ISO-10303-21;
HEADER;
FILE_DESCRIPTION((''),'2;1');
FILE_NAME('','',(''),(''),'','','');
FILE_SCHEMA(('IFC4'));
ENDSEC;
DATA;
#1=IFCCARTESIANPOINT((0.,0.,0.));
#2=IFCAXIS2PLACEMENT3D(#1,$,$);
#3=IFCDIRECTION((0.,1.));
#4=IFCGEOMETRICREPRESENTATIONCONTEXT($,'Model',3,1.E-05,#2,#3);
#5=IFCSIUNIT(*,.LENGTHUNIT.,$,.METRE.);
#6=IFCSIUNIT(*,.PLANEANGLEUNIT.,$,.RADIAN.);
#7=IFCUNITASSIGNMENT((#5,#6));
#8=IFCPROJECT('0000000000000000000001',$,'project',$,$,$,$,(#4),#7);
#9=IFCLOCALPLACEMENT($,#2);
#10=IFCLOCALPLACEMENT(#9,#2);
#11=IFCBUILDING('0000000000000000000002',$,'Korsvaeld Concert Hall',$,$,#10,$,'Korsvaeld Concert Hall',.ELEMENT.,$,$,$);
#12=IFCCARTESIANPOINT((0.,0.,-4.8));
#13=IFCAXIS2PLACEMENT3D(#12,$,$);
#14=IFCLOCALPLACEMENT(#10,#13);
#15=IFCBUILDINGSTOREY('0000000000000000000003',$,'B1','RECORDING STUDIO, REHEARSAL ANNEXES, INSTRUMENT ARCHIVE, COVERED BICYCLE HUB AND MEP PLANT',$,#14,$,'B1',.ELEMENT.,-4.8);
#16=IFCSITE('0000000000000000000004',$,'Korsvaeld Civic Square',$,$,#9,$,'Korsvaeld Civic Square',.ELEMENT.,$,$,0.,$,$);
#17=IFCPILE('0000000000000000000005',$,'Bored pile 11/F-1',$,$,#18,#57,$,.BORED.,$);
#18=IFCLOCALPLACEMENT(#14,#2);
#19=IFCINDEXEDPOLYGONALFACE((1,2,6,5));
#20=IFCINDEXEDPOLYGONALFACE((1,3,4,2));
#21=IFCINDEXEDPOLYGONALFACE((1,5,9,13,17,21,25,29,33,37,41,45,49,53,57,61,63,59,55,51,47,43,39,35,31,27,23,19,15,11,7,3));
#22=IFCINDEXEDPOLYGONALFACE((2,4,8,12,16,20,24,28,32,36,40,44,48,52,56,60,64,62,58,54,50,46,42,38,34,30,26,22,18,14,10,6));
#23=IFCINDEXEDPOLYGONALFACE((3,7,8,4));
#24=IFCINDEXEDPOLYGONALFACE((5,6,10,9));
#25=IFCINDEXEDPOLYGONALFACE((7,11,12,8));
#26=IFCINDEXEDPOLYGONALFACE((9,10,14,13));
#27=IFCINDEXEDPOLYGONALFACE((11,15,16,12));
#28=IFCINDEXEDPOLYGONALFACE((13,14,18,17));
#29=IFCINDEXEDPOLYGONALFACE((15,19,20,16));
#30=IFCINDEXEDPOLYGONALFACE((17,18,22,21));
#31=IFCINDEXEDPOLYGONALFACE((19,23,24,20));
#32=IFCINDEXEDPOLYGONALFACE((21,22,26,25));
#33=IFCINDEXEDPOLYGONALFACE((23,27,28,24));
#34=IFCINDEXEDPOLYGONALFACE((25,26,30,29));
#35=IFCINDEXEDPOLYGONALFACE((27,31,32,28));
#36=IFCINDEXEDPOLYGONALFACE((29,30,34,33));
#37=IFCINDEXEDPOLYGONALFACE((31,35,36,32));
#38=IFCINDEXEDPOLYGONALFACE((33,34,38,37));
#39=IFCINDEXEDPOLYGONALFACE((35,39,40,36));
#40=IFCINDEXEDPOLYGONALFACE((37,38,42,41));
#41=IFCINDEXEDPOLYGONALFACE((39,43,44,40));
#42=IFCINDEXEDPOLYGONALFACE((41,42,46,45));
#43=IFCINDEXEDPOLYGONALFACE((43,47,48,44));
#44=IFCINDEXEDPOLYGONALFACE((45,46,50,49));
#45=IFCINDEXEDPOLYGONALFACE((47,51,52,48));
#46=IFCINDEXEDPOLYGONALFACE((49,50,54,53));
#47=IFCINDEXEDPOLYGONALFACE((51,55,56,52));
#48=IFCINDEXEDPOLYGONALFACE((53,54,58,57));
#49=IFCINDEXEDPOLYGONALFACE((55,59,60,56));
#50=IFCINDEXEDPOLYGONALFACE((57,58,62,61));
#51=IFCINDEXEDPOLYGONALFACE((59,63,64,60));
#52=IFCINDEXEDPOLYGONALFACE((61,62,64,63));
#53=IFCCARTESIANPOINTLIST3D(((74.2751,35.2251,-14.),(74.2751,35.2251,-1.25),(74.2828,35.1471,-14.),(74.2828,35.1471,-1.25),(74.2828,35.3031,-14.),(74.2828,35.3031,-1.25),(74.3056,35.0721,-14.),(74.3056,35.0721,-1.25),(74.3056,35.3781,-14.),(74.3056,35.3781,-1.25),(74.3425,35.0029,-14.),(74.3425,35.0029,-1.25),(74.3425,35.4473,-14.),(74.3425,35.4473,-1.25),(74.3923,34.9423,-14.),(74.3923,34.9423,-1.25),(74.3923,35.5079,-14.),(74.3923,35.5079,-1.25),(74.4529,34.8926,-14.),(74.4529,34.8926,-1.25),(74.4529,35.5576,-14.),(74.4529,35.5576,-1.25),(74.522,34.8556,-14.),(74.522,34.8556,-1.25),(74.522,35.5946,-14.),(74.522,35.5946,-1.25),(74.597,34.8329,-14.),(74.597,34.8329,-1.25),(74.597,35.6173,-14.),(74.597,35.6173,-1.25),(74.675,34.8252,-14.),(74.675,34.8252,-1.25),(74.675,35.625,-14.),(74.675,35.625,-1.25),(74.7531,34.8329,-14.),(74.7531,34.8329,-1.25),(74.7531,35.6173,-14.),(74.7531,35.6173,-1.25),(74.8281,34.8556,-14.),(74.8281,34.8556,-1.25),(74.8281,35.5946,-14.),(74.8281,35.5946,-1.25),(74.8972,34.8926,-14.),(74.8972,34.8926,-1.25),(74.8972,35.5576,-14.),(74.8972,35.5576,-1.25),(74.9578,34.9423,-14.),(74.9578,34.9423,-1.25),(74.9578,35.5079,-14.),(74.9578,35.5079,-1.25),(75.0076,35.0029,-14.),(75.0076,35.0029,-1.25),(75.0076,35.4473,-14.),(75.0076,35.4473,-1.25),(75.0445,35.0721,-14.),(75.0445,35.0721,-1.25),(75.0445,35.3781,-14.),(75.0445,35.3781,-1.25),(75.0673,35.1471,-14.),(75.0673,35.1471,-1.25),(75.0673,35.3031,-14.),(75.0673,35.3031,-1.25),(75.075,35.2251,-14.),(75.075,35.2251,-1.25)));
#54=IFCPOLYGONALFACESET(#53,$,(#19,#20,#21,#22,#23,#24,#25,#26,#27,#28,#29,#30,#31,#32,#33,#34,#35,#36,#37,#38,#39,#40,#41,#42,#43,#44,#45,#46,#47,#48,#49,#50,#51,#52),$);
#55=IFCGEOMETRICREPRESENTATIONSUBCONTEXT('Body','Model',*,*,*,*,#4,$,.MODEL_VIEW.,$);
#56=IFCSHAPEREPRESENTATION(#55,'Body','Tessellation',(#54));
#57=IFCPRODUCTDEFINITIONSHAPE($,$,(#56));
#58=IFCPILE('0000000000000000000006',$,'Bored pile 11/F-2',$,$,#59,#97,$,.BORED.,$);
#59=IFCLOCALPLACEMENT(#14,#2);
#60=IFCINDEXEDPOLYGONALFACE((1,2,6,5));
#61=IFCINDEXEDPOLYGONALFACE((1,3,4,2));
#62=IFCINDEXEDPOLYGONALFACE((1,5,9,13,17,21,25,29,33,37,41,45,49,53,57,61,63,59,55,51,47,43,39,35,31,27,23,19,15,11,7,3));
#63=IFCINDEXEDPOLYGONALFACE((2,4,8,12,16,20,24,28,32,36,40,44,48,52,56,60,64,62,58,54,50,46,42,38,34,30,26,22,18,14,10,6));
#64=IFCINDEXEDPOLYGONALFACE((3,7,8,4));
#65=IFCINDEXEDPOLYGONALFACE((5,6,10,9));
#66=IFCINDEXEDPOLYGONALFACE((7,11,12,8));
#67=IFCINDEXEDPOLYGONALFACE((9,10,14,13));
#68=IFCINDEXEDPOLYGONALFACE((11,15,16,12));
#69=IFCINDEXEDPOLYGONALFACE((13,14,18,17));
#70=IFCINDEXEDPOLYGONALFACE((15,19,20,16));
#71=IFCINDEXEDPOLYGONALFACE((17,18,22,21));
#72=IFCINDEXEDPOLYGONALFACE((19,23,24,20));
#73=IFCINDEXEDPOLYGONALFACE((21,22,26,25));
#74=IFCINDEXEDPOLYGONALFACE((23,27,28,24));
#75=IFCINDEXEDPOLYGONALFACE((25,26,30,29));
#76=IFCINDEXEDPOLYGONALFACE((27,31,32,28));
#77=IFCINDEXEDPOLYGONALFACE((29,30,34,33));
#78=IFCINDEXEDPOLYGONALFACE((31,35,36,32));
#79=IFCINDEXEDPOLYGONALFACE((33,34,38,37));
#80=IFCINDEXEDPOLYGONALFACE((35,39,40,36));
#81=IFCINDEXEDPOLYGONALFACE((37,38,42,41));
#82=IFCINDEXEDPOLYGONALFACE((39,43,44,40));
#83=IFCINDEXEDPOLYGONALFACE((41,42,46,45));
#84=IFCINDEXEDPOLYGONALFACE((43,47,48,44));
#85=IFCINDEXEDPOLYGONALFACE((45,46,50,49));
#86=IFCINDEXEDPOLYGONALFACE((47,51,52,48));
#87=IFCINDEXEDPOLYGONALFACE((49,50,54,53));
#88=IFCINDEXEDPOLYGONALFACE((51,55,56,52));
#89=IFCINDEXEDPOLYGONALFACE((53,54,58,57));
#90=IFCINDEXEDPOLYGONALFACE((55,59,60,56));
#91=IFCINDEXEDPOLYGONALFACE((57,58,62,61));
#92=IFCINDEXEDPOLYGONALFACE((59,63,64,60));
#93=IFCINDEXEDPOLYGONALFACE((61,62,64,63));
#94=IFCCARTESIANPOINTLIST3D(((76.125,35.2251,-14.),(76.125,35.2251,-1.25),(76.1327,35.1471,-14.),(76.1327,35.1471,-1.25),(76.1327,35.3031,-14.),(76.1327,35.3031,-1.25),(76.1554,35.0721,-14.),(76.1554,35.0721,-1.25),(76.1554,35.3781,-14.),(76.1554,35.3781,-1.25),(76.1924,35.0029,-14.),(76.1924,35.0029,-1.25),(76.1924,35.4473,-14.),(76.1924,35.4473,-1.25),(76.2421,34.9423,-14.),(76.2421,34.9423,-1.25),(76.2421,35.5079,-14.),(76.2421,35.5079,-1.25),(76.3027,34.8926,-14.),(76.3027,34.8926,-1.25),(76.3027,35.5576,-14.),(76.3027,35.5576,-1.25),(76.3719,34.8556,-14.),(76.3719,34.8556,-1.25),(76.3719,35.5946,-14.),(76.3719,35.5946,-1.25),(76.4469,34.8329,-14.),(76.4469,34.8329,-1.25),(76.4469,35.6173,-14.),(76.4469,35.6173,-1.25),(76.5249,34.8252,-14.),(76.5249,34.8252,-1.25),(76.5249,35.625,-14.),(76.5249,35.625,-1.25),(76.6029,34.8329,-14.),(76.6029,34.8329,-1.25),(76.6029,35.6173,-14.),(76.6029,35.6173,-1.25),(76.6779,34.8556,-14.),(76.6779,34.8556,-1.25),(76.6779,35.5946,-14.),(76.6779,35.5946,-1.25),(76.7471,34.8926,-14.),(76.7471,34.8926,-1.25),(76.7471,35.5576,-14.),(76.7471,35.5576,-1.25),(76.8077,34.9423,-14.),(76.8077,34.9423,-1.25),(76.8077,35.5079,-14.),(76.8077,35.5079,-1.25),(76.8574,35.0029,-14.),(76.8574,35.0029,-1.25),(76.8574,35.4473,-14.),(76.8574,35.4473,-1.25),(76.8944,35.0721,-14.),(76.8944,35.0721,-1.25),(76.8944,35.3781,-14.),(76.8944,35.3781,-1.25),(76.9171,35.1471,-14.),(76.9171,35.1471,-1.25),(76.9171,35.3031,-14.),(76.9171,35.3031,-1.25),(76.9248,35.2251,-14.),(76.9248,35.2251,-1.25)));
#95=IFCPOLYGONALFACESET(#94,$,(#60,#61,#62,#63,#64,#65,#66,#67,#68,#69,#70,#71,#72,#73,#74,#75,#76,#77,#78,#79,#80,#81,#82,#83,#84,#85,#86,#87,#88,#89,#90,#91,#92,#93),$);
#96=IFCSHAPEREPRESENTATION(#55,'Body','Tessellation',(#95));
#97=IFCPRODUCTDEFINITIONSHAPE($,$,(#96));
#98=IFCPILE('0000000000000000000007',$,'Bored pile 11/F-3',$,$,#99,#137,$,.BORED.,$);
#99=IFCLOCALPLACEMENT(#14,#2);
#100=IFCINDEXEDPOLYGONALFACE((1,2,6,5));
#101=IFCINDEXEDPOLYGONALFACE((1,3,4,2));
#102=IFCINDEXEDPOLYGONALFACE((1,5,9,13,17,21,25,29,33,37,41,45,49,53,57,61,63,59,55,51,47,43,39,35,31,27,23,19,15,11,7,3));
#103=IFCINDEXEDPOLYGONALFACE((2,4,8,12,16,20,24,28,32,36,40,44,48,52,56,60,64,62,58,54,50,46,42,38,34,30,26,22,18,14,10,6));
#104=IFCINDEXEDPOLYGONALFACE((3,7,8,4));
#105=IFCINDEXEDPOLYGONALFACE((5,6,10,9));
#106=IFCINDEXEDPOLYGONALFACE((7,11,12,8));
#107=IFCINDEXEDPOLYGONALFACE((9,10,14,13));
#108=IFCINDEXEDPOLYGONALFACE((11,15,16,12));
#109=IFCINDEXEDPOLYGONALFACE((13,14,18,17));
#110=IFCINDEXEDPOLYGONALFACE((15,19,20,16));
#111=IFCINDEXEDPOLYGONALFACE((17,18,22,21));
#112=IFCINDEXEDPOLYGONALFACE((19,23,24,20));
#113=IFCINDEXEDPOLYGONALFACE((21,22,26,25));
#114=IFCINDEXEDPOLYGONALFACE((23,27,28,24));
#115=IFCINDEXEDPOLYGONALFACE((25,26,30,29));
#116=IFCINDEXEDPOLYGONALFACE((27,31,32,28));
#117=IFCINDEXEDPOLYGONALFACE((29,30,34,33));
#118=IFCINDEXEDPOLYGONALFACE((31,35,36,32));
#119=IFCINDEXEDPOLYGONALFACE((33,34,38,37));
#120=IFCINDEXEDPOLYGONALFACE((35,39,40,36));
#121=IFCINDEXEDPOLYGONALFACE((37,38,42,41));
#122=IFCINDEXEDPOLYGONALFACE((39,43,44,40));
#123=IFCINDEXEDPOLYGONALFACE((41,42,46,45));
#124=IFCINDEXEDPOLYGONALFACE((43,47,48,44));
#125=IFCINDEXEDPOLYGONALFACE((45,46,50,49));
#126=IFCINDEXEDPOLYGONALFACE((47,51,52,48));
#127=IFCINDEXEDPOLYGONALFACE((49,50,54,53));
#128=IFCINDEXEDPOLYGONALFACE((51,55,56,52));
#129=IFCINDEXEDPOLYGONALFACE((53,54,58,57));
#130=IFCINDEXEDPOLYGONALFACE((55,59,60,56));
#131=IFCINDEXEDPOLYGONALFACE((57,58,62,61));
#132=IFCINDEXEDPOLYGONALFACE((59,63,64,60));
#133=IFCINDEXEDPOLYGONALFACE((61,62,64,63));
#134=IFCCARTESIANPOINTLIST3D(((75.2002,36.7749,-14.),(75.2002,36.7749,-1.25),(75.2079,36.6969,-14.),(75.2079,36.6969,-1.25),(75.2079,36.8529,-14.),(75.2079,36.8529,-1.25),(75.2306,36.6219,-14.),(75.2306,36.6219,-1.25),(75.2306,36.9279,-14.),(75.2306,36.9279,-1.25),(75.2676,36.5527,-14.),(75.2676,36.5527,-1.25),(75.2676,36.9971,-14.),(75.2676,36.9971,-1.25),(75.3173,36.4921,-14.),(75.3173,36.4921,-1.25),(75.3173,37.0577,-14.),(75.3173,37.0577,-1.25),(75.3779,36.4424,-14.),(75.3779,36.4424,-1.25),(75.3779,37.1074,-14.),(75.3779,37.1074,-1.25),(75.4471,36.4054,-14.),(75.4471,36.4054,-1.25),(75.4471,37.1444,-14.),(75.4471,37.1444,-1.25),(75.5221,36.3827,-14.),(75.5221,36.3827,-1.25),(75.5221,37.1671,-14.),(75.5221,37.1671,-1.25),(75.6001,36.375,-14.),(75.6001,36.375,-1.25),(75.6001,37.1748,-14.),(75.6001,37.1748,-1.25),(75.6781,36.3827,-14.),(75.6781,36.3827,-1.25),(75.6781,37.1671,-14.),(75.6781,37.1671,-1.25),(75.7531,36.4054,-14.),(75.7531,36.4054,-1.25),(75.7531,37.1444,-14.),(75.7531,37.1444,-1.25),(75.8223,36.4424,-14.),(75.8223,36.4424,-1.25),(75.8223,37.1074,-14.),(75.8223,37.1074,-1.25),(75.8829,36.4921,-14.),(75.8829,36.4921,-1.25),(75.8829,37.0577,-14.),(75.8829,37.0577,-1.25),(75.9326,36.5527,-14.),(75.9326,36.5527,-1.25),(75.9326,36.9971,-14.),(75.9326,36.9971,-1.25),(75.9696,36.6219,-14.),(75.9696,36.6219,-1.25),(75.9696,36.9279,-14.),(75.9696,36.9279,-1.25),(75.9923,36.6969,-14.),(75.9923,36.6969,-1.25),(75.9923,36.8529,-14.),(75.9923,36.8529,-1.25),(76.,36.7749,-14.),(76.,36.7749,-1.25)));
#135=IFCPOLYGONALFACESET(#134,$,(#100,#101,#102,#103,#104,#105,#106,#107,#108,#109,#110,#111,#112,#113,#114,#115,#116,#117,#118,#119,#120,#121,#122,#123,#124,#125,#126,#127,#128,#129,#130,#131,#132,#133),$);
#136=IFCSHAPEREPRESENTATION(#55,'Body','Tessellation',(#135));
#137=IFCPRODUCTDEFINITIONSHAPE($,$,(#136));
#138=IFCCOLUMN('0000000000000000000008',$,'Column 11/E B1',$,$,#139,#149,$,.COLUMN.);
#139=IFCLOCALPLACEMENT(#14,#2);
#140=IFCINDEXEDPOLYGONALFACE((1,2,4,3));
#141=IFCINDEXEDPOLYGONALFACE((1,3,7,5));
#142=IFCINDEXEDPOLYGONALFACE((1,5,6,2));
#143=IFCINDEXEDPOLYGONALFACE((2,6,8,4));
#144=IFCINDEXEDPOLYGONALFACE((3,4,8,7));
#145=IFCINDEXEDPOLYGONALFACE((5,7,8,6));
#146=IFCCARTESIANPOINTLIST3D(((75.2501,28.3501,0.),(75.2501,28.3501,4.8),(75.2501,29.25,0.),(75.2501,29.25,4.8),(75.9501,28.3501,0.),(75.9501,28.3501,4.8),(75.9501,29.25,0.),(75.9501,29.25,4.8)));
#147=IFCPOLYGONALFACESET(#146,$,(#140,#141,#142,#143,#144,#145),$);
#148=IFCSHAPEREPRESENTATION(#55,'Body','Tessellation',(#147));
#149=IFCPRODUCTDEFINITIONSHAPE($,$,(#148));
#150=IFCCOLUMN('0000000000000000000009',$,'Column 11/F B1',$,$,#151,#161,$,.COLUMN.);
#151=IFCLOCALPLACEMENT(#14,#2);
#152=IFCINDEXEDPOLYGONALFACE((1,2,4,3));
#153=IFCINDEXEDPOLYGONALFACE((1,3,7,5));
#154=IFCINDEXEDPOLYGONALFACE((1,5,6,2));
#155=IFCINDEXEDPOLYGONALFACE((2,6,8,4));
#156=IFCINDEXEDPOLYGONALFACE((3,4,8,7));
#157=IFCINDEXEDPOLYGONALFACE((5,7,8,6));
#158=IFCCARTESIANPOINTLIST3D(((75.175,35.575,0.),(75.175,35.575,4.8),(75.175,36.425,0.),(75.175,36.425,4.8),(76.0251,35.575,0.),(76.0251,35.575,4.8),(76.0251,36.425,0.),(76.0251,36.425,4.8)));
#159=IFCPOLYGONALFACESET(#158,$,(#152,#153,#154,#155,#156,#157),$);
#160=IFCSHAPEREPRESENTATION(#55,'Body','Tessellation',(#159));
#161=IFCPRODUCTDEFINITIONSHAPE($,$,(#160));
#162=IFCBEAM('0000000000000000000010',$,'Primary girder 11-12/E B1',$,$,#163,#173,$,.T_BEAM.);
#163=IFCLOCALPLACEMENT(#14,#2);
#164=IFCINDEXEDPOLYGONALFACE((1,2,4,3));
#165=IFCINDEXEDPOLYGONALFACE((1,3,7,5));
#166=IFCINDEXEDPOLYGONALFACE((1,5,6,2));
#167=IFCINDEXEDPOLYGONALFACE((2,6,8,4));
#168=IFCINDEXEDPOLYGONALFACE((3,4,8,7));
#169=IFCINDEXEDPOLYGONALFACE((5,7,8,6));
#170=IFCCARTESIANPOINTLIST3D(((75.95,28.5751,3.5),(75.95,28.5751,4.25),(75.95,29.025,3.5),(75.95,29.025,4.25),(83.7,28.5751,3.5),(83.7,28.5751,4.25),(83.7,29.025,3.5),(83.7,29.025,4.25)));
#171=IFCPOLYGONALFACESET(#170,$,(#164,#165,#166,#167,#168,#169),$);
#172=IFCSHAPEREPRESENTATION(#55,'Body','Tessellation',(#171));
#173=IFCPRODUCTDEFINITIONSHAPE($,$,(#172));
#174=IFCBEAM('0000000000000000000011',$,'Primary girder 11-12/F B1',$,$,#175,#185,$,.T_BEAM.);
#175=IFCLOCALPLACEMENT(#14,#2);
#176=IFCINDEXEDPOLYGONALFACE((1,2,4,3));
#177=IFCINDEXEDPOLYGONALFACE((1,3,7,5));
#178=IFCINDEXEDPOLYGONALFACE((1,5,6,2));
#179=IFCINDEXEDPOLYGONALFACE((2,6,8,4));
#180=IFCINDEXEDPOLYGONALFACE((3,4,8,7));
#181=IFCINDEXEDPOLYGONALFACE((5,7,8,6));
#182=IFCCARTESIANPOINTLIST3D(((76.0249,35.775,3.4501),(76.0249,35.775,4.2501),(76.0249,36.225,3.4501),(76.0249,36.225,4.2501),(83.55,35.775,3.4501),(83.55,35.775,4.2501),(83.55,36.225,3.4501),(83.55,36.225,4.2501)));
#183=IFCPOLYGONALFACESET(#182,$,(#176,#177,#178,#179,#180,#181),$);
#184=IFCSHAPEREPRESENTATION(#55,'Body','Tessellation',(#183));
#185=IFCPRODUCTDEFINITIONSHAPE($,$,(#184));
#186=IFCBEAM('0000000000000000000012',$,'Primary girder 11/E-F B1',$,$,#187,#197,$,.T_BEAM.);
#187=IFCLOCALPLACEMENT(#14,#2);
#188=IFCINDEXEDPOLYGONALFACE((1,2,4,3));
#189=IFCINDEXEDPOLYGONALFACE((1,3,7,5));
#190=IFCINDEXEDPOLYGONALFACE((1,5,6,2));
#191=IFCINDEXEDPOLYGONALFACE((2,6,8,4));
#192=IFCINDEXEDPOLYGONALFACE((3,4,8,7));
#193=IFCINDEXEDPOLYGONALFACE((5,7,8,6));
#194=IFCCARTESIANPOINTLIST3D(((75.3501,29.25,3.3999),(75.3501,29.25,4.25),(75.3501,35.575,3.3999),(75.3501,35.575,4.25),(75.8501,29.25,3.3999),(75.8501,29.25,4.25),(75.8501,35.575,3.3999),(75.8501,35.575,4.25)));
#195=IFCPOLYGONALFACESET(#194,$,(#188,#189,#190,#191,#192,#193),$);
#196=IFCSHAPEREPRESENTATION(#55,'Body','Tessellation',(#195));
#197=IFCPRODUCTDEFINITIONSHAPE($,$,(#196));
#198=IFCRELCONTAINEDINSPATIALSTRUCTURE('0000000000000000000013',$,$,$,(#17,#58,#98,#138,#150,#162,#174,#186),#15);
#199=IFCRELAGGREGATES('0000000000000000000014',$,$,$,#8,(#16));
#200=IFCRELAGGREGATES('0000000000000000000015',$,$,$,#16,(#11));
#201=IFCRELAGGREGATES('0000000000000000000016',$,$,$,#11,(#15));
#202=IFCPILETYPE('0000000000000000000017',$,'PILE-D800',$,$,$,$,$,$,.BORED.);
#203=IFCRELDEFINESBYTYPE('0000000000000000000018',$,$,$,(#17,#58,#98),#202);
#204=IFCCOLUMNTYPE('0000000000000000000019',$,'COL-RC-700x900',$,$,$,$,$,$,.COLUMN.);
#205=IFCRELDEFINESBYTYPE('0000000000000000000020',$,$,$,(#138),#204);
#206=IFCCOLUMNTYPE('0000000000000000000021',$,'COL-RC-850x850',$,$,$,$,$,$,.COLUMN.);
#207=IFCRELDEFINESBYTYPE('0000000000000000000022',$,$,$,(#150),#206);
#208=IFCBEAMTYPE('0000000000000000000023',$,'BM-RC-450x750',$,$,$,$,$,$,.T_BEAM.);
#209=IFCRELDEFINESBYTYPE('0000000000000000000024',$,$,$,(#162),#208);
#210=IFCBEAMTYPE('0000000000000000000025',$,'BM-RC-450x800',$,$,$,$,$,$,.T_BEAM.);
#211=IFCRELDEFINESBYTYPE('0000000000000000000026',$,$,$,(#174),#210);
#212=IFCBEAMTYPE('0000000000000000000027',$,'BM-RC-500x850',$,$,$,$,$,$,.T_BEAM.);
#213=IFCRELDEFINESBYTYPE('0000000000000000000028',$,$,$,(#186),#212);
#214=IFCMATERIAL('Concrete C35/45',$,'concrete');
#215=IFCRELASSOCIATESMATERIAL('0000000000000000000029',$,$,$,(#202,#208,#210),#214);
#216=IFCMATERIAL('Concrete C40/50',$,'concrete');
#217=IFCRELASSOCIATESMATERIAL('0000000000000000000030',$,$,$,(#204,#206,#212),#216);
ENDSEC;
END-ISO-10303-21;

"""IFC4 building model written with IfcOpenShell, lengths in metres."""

from ifc_helpers import new_model, si_unit, direction, frame, origin, origin_2d, place, context, subcontext, project, spatial, rectangle, circle, extrude, material, material_profile, profile_set, type_object, element, save


model = new_model("IFC4")

# Units and contexts
model_context = context("Model", 3, precision=1e-05, world=origin(), true_north=direction((0.0, 1.0)))
body_context = subcontext(model_context, "Body", "Model", "MODEL_VIEW")
ifc_project = project(units=[si_unit("LENGTHUNIT", "METRE"), si_unit("PLANEANGLEUNIT", "RADIAN")], contexts=[model_context])

# Site, building, storey
site_placement = place(None, origin())
site = spatial("IfcSite", under=ifc_project, at=site_placement, Name="Korsvaeld Civic Square", LongName="Korsvaeld Civic Square", CompositionType="ELEMENT", RefElevation=0.0)
building_placement = place(site_placement, origin())
building = spatial("IfcBuilding", under=site, at=building_placement, Name="Korsvaeld Concert Hall", LongName="Korsvaeld Concert Hall", CompositionType="ELEMENT")
storey_placement = place(building_placement, frame((0.0, 0.0, -4.8)))
storey = spatial("IfcBuildingStorey", under=building, at=storey_placement, Name="B1", Description="RECORDING STUDIO, REHEARSAL ANNEXES, INSTRUMENT ARCHIVE, COVERED BICYCLE HUB AND MEP PLANT", LongName="B1", CompositionType="ELEMENT", Elevation=-4.8)

# Shared definitions
ifc_material_1 = material(Name="Concrete C35/45", Category="concrete")

# Piles
ifc_material_profile_1 = material_profile(ifc_material_1, circle(Radius=0.3999, at=origin_2d()), Name="BORED PILE D800")
ifc_profile_set_1 = profile_set([ifc_material_profile_1], Name="Concrete C35/45")
pile_type = type_object("IfcPileType", Name="PILE-D800", PredefinedType="BORED", material=ifc_profile_set_1)
for number, where, z_axis, x_axis, name in (
    (1, (74.675, 35.2251, -1.25), (0.0, 0.0, -1.0), (1.0, 0.0, 0.0), "Bored pile 11/F-1"),
    (2, (76.5249, 35.2251, -1.25), (0.0, 0.0, -1.0), (1.0, 0.0, 0.0), "Bored pile 11/F-2"),
    (3, (75.6001, 36.7749, -1.25), (0.0, 0.0, -1.0), (1.0, 0.0, 0.0), "Bored pile 11/F-3"),
):
    element("IfcPile", number, at=place(storey_placement, frame(where, z_axis=z_axis, x_axis=x_axis)), inside=storey, type_object=pile_type, Name=name, PredefinedType="BORED", context=body_context, shape_type="SweptSolid", body=[
        extrude(circle(Radius=0.3999, at=origin_2d()), origin(), (0.0, 0.0, 1.0), 12.75),
    ])

# Columns
ifc_material_2 = material(Name="Concrete C40/50", Category="concrete")
ifc_material_profile_2 = material_profile(ifc_material_2, rectangle(XDim=0.7, YDim=0.8999, at=origin_2d()), Name="RC 700x900")
ifc_profile_set_2 = profile_set([ifc_material_profile_2], Name="Concrete C40/50")
column_type_1 = type_object("IfcColumnType", Name="COL-RC-700x900", PredefinedType="COLUMN", material=ifc_profile_set_2)
column_1_placement = place(storey_placement, frame((75.6001, 28.8, 0.0), z_axis=(0.0, 0.0, 1.0), x_axis=(1.0, 0.0, 0.0)))
element("IfcColumn", 4, at=column_1_placement, inside=storey, type_object=column_type_1, Name="Column 11/E B1", PredefinedType="COLUMN", context=body_context, shape_type="SweptSolid", body=[
    extrude(rectangle(XDim=0.7, YDim=0.8999, at=origin_2d()), origin(), (0.0, 0.0, 1.0), 4.8),
])
ifc_material_profile_3 = material_profile(ifc_material_2, rectangle(XDim=0.8501, YDim=0.8501, at=origin_2d()), Name="RC 850x850")
ifc_profile_set_3 = profile_set([ifc_material_profile_3], Name="Concrete C40/50")
column_type_2 = type_object("IfcColumnType", Name="COL-RC-850x850", PredefinedType="COLUMN", material=ifc_profile_set_3)
column_2_placement = place(storey_placement, frame((75.6001, 36.0, 0.0), z_axis=(0.0, 0.0, 1.0), x_axis=(1.0, 0.0, 0.0)))
element("IfcColumn", 5, at=column_2_placement, inside=storey, type_object=column_type_2, Name="Column 11/F B1", PredefinedType="COLUMN", context=body_context, shape_type="SweptSolid", body=[
    extrude(rectangle(XDim=0.8501, YDim=0.8501, at=origin_2d()), origin(), (0.0, 0.0, 1.0), 4.8),
])

# Beams
ifc_material_profile_4 = material_profile(ifc_material_1, rectangle(XDim=0.45, YDim=0.75, at=origin_2d()), Name="RC 450x750")
ifc_profile_set_4 = profile_set([ifc_material_profile_4], Name="Concrete C35/45")
beam_type_1 = type_object("IfcBeamType", Name="BM-RC-450x750", PredefinedType="T_BEAM", material=ifc_profile_set_4)
beam_1_placement = place(storey_placement, frame((75.95, 28.8, 3.875), z_axis=(1.0, 0.0, 0.0), x_axis=(0.0, 1.0, 0.0)))
element("IfcBeam", 6, at=beam_1_placement, inside=storey, type_object=beam_type_1, Name="Primary girder 11-12/E B1", PredefinedType="T_BEAM", context=body_context, shape_type="SweptSolid", body=[
    extrude(rectangle(XDim=0.45, YDim=0.75, at=origin_2d()), origin(), (0.0, 0.0, 1.0), 7.75),
])
ifc_material_profile_5 = material_profile(ifc_material_1, rectangle(XDim=0.45, YDim=0.8, at=origin_2d()), Name="RC 450x800")
ifc_profile_set_5 = profile_set([ifc_material_profile_5], Name="Concrete C35/45")
beam_type_2 = type_object("IfcBeamType", Name="BM-RC-450x800", PredefinedType="T_BEAM", material=ifc_profile_set_5)
beam_2_placement = place(storey_placement, frame((76.0249, 36.0, 3.8501), z_axis=(1.0, 0.0, 0.0), x_axis=(0.0, 1.0, 0.0)))
element("IfcBeam", 7, at=beam_2_placement, inside=storey, type_object=beam_type_2, Name="Primary girder 11-12/F B1", PredefinedType="T_BEAM", context=body_context, shape_type="SweptSolid", body=[
    extrude(rectangle(XDim=0.45, YDim=0.8, at=origin_2d()), origin(), (0.0, 0.0, 1.0), 7.5251),
])
ifc_material_profile_6 = material_profile(ifc_material_2, rectangle(XDim=0.5, YDim=0.8501, at=origin_2d()), Name="RC 500x850")
ifc_profile_set_6 = profile_set([ifc_material_profile_6], Name="Concrete C40/50")
beam_type_3 = type_object("IfcBeamType", Name="BM-RC-500x850", PredefinedType="T_BEAM", material=ifc_profile_set_6)
beam_3_placement = place(storey_placement, frame((75.6001, 29.25, 3.825), z_axis=(0.0, 1.0, 0.0), x_axis=(-1.0, 0.0, 0.0)))
element("IfcBeam", 8, at=beam_3_placement, inside=storey, type_object=beam_type_3, Name="Primary girder 11/E-F B1", PredefinedType="T_BEAM", context=body_context, shape_type="SweptSolid", body=[
    extrude(rectangle(XDim=0.5, YDim=0.8501, at=origin_2d()), origin(), (0.0, 0.0, 1.0), 6.325),
])

save(model, "model.ifc")
